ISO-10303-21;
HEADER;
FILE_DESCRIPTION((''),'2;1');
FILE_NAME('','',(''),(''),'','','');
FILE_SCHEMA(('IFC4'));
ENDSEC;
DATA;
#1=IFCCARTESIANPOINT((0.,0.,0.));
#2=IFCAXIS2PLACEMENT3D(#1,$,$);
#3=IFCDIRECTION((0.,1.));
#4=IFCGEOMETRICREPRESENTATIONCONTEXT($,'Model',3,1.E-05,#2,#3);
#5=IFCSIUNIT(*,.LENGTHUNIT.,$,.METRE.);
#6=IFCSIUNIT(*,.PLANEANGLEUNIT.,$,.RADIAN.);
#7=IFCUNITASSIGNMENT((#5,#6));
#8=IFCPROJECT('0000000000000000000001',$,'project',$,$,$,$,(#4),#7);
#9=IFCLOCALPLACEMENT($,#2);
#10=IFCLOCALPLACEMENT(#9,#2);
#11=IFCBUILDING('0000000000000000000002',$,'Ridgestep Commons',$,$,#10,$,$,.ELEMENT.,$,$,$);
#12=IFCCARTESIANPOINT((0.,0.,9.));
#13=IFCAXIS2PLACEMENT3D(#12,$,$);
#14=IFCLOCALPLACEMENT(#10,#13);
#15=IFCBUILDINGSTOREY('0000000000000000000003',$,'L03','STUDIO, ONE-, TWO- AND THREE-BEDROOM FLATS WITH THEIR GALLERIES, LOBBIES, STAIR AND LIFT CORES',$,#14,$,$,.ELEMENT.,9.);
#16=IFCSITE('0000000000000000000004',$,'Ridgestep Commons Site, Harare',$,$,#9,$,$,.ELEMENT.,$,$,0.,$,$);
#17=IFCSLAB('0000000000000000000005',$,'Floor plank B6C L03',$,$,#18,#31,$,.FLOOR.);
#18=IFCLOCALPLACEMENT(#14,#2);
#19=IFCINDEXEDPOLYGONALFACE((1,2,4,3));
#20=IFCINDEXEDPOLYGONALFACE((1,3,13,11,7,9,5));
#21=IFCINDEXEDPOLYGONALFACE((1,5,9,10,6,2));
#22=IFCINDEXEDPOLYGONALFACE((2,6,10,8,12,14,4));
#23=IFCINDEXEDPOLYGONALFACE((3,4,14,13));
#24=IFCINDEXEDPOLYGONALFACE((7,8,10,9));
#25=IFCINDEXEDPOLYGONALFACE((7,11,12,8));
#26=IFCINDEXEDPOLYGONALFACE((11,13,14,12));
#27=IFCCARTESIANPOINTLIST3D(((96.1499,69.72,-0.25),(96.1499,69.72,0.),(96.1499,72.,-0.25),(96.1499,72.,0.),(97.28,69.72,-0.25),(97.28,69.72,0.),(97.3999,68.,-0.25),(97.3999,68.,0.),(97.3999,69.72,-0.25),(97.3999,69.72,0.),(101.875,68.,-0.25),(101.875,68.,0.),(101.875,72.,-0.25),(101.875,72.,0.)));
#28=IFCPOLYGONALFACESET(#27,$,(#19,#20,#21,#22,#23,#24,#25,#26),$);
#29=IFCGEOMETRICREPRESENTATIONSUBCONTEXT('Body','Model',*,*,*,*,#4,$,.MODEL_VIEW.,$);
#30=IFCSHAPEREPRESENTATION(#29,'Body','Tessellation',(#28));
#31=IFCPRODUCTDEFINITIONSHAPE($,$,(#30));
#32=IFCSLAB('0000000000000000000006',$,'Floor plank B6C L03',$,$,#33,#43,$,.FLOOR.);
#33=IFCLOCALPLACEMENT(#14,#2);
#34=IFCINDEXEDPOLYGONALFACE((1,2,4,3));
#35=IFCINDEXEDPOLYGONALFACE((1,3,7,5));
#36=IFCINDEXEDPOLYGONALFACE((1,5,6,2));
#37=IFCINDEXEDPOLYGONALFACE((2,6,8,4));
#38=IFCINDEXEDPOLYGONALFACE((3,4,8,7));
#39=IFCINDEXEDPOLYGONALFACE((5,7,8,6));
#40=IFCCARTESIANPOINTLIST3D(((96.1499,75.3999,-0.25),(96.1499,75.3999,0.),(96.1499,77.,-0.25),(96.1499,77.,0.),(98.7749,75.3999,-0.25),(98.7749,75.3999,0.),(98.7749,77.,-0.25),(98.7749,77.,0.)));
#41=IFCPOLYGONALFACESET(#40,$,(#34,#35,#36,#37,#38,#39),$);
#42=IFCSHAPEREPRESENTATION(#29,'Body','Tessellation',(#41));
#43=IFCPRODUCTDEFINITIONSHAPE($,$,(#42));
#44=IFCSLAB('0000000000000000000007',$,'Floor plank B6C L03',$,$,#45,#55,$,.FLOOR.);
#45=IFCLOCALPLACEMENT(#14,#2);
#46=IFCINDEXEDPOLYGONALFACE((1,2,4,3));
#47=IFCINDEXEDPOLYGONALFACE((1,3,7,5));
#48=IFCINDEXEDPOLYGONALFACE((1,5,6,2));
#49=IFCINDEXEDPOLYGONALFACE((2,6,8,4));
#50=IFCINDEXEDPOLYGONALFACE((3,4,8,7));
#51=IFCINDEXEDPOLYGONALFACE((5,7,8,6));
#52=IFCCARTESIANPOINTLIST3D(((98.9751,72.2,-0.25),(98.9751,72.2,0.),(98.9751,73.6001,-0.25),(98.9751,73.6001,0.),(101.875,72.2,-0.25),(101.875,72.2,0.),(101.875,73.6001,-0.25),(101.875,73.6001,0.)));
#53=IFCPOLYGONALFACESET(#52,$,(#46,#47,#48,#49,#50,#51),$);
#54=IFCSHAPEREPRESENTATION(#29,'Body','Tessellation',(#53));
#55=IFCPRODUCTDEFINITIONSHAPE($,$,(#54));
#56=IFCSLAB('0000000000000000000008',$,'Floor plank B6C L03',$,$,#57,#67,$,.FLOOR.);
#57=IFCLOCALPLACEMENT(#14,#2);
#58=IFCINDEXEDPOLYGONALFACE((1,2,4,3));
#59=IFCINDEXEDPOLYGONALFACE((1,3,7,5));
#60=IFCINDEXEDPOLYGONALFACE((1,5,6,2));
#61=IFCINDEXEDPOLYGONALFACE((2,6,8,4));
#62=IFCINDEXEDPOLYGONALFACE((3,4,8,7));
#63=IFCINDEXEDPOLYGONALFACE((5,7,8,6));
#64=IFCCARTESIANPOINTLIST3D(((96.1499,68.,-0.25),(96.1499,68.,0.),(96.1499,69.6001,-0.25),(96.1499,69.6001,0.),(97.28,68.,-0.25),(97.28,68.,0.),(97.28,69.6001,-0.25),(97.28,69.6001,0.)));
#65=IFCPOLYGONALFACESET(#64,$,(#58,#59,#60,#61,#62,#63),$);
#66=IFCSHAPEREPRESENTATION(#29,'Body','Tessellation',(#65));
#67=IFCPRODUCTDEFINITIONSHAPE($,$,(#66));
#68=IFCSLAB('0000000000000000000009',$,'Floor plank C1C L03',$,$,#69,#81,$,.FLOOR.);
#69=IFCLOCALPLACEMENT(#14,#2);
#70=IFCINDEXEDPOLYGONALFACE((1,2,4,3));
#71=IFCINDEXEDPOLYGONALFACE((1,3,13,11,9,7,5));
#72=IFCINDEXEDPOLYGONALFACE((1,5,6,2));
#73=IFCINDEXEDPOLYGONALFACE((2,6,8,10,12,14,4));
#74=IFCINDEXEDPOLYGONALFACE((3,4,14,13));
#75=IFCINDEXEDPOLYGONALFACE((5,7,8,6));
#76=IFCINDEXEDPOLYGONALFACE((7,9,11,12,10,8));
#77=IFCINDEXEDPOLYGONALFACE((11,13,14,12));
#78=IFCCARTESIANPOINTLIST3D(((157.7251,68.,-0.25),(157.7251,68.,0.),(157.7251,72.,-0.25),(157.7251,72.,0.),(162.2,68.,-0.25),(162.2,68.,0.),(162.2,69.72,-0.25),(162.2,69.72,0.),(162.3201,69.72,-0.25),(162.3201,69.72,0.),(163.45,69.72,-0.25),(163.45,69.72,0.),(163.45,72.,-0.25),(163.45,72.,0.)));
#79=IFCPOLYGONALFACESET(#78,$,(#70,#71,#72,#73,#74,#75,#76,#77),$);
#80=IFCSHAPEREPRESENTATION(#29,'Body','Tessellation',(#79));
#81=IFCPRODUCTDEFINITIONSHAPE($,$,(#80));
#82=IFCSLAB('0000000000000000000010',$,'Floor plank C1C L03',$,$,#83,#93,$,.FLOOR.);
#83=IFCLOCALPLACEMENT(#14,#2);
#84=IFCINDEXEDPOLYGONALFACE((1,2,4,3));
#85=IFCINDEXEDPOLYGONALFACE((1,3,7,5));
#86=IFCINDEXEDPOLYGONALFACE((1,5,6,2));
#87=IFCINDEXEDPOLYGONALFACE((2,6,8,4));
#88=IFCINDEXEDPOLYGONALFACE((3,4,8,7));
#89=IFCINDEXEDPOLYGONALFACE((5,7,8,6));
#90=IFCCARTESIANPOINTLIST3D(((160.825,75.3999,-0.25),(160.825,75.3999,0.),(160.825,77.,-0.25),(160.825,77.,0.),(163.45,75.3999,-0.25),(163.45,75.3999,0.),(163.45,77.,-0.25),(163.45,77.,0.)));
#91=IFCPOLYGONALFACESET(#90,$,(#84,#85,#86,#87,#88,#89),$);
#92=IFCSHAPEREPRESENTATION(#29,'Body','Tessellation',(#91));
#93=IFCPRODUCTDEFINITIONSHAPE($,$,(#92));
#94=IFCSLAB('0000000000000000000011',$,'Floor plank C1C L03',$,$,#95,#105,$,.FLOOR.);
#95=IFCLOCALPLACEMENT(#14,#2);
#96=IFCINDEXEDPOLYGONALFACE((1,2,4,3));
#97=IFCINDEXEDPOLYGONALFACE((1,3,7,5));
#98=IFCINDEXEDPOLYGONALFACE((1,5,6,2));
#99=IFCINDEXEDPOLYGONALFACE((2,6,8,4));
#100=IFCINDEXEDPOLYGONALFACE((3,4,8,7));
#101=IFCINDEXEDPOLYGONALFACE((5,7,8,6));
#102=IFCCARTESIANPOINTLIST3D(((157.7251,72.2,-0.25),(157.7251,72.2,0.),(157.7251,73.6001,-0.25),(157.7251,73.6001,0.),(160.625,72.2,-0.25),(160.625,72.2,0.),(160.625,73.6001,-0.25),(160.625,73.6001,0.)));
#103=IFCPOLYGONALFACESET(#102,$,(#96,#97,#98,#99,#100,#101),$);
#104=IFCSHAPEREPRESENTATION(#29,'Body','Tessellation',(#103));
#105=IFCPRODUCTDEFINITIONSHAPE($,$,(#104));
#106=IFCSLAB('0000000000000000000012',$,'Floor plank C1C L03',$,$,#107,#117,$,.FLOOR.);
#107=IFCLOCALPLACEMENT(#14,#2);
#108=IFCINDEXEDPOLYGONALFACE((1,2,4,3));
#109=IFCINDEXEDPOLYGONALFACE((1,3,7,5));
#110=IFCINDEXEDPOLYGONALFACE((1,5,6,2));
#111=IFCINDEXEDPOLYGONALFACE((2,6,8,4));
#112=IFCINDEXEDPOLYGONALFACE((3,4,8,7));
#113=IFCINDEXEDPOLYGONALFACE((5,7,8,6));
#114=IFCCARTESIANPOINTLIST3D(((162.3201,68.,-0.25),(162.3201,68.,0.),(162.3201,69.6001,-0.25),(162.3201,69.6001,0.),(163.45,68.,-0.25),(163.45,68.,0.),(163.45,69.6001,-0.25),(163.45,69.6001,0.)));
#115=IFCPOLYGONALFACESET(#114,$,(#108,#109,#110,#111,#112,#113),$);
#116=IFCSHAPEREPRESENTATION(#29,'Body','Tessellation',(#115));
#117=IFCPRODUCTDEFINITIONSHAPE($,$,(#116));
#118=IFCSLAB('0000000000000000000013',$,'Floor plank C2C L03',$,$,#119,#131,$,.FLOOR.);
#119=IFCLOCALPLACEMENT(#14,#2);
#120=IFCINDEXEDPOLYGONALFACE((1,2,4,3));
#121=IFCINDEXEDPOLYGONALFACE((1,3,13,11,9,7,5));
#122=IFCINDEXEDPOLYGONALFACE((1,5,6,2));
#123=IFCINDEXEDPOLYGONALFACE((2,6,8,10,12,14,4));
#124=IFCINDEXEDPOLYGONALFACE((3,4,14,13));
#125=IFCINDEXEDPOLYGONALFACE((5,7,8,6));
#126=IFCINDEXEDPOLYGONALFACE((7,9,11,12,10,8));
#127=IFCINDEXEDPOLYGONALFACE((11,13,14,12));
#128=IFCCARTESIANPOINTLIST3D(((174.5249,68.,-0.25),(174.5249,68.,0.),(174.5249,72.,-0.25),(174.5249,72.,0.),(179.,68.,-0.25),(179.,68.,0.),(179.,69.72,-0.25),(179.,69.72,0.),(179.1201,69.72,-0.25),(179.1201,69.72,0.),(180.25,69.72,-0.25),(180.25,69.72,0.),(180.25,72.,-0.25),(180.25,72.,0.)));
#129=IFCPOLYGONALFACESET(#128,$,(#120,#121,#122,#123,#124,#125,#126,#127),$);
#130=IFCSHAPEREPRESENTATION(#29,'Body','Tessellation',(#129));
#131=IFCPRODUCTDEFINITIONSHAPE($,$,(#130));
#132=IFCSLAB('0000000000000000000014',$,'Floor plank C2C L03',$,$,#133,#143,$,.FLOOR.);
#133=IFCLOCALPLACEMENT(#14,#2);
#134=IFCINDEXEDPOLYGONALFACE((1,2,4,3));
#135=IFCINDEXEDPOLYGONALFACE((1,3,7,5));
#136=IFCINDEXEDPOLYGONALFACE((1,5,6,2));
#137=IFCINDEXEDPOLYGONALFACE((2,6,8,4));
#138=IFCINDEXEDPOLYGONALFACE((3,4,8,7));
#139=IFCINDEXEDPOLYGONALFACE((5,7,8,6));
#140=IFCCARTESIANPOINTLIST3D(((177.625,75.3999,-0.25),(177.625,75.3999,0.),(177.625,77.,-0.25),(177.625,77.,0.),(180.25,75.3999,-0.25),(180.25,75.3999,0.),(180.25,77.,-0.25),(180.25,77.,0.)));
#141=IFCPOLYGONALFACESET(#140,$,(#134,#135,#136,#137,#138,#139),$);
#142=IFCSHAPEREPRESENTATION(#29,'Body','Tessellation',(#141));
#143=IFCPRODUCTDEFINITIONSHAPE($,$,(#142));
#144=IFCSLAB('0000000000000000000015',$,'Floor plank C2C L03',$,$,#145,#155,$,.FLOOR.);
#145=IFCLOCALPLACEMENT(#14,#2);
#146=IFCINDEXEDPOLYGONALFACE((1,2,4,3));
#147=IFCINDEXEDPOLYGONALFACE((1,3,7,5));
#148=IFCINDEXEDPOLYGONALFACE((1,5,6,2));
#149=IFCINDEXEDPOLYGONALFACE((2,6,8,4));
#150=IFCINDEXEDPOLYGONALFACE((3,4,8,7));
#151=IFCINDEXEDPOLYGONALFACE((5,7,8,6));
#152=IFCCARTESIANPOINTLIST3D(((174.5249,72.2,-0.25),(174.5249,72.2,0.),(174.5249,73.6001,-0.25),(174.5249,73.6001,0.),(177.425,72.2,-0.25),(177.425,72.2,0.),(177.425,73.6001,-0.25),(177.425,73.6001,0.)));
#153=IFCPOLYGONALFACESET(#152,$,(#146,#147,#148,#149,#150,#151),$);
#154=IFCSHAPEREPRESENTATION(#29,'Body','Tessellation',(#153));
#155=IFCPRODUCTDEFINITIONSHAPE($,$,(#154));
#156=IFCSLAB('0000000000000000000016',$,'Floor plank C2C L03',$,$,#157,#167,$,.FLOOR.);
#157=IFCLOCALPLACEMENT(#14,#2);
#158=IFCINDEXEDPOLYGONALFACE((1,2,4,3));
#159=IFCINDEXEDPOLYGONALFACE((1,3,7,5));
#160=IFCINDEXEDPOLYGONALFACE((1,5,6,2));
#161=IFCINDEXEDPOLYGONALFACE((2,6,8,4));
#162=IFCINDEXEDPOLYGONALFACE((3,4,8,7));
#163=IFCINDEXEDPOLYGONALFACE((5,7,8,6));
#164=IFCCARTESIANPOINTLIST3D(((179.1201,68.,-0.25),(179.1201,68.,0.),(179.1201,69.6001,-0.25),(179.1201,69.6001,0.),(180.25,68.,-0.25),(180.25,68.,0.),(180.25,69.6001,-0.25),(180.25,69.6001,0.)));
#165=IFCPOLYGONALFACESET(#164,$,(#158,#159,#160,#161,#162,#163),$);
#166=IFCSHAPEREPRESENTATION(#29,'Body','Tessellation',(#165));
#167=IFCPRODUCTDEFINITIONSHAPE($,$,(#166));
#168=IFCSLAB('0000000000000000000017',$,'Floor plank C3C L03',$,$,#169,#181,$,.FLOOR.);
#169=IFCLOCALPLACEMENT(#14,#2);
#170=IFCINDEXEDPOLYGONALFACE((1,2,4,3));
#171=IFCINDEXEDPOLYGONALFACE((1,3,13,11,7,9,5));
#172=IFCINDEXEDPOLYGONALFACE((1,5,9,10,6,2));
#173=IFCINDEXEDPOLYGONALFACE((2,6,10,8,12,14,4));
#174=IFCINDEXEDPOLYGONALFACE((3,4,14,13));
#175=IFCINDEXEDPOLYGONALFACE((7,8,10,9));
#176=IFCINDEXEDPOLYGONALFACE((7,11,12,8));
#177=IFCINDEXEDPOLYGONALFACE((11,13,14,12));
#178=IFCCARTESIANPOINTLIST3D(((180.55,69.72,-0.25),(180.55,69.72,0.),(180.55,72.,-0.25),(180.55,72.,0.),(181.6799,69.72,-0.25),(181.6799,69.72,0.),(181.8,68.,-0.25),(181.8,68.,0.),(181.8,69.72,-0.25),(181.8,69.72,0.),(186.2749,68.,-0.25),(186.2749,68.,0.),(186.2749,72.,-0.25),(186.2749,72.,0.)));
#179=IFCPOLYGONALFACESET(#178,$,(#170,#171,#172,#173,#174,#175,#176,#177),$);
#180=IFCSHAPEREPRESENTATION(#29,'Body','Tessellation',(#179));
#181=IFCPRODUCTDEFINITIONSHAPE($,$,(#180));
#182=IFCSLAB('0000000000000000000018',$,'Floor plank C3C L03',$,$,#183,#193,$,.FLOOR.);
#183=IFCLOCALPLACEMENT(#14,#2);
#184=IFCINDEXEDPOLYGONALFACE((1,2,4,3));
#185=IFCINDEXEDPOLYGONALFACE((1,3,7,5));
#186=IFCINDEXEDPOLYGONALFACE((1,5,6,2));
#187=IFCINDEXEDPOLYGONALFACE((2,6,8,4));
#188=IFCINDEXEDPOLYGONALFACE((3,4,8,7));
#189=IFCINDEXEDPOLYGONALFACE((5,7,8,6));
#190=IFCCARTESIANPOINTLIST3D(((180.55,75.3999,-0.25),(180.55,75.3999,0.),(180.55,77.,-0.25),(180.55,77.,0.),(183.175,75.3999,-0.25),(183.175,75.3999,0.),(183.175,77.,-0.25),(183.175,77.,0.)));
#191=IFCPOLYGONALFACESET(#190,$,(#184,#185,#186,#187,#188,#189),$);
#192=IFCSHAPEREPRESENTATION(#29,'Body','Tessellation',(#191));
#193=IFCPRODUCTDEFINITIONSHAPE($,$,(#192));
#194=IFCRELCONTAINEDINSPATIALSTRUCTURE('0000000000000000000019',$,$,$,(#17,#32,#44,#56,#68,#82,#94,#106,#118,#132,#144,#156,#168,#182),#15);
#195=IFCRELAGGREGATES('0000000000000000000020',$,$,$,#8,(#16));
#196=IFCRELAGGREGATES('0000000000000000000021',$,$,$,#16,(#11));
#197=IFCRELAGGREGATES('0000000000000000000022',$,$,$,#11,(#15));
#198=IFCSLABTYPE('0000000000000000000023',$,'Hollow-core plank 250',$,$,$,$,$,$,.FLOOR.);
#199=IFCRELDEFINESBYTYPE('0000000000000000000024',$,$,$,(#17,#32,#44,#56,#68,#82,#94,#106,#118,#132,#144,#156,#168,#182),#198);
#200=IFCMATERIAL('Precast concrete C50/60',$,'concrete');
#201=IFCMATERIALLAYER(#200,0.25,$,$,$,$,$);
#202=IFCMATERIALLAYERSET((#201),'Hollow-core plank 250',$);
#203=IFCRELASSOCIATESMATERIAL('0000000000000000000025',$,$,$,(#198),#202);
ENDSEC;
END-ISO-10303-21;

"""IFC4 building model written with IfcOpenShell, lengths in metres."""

from ifc_helpers import new_model, si_unit, direction, frame, origin, place, context, subcontext, project, spatial, polyline, outline, extrude, material, layer, layer_set, type_object, element, save


model = new_model("IFC4")

# Units and contexts
model_context = context("Model", 3, precision=1e-05, world=origin(), true_north=direction((0.0, 1.0)))
body_context = subcontext(model_context, "Body", "Model", "MODEL_VIEW")
ifc_project = project(units=[si_unit("LENGTHUNIT", "METRE"), si_unit("PLANEANGLEUNIT", "RADIAN")], contexts=[model_context])

# Site, building, storey
site_placement = place(None, origin())
site = spatial("IfcSite", under=ifc_project, at=site_placement, Name="Ridgestep Commons Site, Harare", CompositionType="ELEMENT", RefElevation=0.0)
building_placement = place(site_placement, origin())
building = spatial("IfcBuilding", under=site, at=building_placement, Name="Ridgestep Commons", CompositionType="ELEMENT")
storey_placement = place(building_placement, frame((0.0, 0.0, 9.0)))
storey = spatial("IfcBuildingStorey", under=building, at=storey_placement, Name="L03", Description="STUDIO, ONE-, TWO- AND THREE-BEDROOM FLATS WITH THEIR GALLERIES, LOBBIES, STAIR AND LIFT CORES", CompositionType="ELEMENT", Elevation=9.0)

# Slabs
ifc_material = material(Name="Precast concrete C50/60", Category="concrete")
ifc_layer = layer(ifc_material, 0.25)
ifc_layer_set = layer_set([ifc_layer], Name="Hollow-core plank 250")
slab_type = type_object("IfcSlabType", Name="Hollow-core plank 250", PredefinedType="FLOOR", material=ifc_layer_set)
slab_1_placement = place(storey_placement, frame((0.0, 0.0, -0.25)))
element("IfcSlab", 1, at=slab_1_placement, inside=storey, type_object=slab_type, Name="Floor plank B6C L03", PredefinedType="FLOOR", context=body_context, shape_type="SweptSolid", body=[
    extrude(outline(polyline([(97.3999, 68.0), (101.875, 68.0), (101.875, 72.0), (96.1499, 72.0), (96.1499, 69.72), (97.28, 69.72), (97.3999, 69.72), (97.3999, 68.0)])), origin(), (0.0, 0.0, 1.0), 0.25),
])
slab_2_placement = place(storey_placement, frame((0.0, 0.0, -0.25)))
element("IfcSlab", 2, at=slab_2_placement, inside=storey, type_object=slab_type, Name="Floor plank B6C L03", PredefinedType="FLOOR", context=body_context, shape_type="SweptSolid", body=[
    extrude(outline(polyline([(98.7749, 77.0), (96.1499, 77.0), (96.1499, 75.3999), (98.7749, 75.3999), (98.7749, 77.0)])), origin(), (0.0, 0.0, 1.0), 0.25),
])
slab_3_placement = place(storey_placement, frame((0.0, 0.0, -0.25)))
element("IfcSlab", 3, at=slab_3_placement, inside=storey, type_object=slab_type, Name="Floor plank B6C L03", PredefinedType="FLOOR", context=body_context, shape_type="SweptSolid", body=[
    extrude(outline(polyline([(101.875, 72.2), (101.875, 73.6001), (98.9751, 73.6001), (98.9751, 72.2), (101.875, 72.2)])), origin(), (0.0, 0.0, 1.0), 0.25),
])
slab_4_placement = place(storey_placement, frame((0.0, 0.0, -0.25)))
element("IfcSlab", 4, at=slab_4_placement, inside=storey, type_object=slab_type, Name="Floor plank B6C L03", PredefinedType="FLOOR", context=body_context, shape_type="SweptSolid", body=[
    extrude(outline(polyline([(97.28, 69.6001), (96.1499, 69.6001), (96.1499, 68.0), (97.28, 68.0), (97.28, 69.6001)])), origin(), (0.0, 0.0, 1.0), 0.25),
])
slab_5_placement = place(storey_placement, frame((0.0, 0.0, -0.25)))
element("IfcSlab", 5, at=slab_5_placement, inside=storey, type_object=slab_type, Name="Floor plank C1C L03", PredefinedType="FLOOR", context=body_context, shape_type="SweptSolid", body=[
    extrude(outline(polyline([(162.3201, 69.72), (163.45, 69.72), (163.45, 72.0), (157.7251, 72.0), (157.7251, 68.0), (162.2, 68.0), (162.2, 69.72), (162.3201, 69.72)])), origin(), (0.0, 0.0, 1.0), 0.25),
])
slab_6_placement = place(storey_placement, frame((0.0, 0.0, -0.25)))
element("IfcSlab", 6, at=slab_6_placement, inside=storey, type_object=slab_type, Name="Floor plank C1C L03", PredefinedType="FLOOR", context=body_context, shape_type="SweptSolid", body=[
    extrude(outline(polyline([(163.45, 75.3999), (163.45, 77.0), (160.825, 77.0), (160.825, 75.3999), (163.45, 75.3999)])), origin(), (0.0, 0.0, 1.0), 0.25),
])
slab_7_placement = place(storey_placement, frame((0.0, 0.0, -0.25)))
element("IfcSlab", 7, at=slab_7_placement, inside=storey, type_object=slab_type, Name="Floor plank C1C L03", PredefinedType="FLOOR", context=body_context, shape_type="SweptSolid", body=[
    extrude(outline(polyline([(160.625, 72.2), (160.625, 73.6001), (157.7251, 73.6001), (157.7251, 72.2), (160.625, 72.2)])), origin(), (0.0, 0.0, 1.0), 0.25),
])
slab_8_placement = place(storey_placement, frame((0.0, 0.0, -0.25)))
element("IfcSlab", 8, at=slab_8_placement, inside=storey, type_object=slab_type, Name="Floor plank C1C L03", PredefinedType="FLOOR", context=body_context, shape_type="SweptSolid", body=[
    extrude(outline(polyline([(162.3201, 68.0), (163.45, 68.0), (163.45, 69.6001), (162.3201, 69.6001), (162.3201, 68.0)])), origin(), (0.0, 0.0, 1.0), 0.25),
])
slab_9_placement = place(storey_placement, frame((0.0, 0.0, -0.25)))
element("IfcSlab", 9, at=slab_9_placement, inside=storey, type_object=slab_type, Name="Floor plank C2C L03", PredefinedType="FLOOR", context=body_context, shape_type="SweptSolid", body=[
    extrude(outline(polyline([(179.1201, 69.72), (180.25, 69.72), (180.25, 72.0), (174.5249, 72.0), (174.5249, 68.0), (179.0, 68.0), (179.0, 69.72), (179.1201, 69.72)])), origin(), (0.0, 0.0, 1.0), 0.25),
])
slab_10_placement = place(storey_placement, frame((0.0, 0.0, -0.25)))
element("IfcSlab", 10, at=slab_10_placement, inside=storey, type_object=slab_type, Name="Floor plank C2C L03", PredefinedType="FLOOR", context=body_context, shape_type="SweptSolid", body=[
    extrude(outline(polyline([(180.25, 75.3999), (180.25, 77.0), (177.625, 77.0), (177.625, 75.3999), (180.25, 75.3999)])), origin(), (0.0, 0.0, 1.0), 0.25),
])
slab_11_placement = place(storey_placement, frame((0.0, 0.0, -0.25)))
element("IfcSlab", 11, at=slab_11_placement, inside=storey, type_object=slab_type, Name="Floor plank C2C L03", PredefinedType="FLOOR", context=body_context, shape_type="SweptSolid", body=[
    extrude(outline(polyline([(177.425, 72.2), (177.425, 73.6001), (174.5249, 73.6001), (174.5249, 72.2), (177.425, 72.2)])), origin(), (0.0, 0.0, 1.0), 0.25),
])
slab_12_placement = place(storey_placement, frame((0.0, 0.0, -0.25)))
element("IfcSlab", 12, at=slab_12_placement, inside=storey, type_object=slab_type, Name="Floor plank C2C L03", PredefinedType="FLOOR", context=body_context, shape_type="SweptSolid", body=[
    extrude(outline(polyline([(179.1201, 68.0), (180.25, 68.0), (180.25, 69.6001), (179.1201, 69.6001), (179.1201, 68.0)])), origin(), (0.0, 0.0, 1.0), 0.25),
])
slab_13_placement = place(storey_placement, frame((0.0, 0.0, -0.25)))
element("IfcSlab", 13, at=slab_13_placement, inside=storey, type_object=slab_type, Name="Floor plank C3C L03", PredefinedType="FLOOR", context=body_context, shape_type="SweptSolid", body=[
    extrude(outline(polyline([(181.8, 68.0), (186.2749, 68.0), (186.2749, 72.0), (180.55, 72.0), (180.55, 69.72), (181.6799, 69.72), (181.8, 69.72), (181.8, 68.0)])), origin(), (0.0, 0.0, 1.0), 0.25),
])
slab_14_placement = place(storey_placement, frame((0.0, 0.0, -0.25)))
element("IfcSlab", 14, at=slab_14_placement, inside=storey, type_object=slab_type, Name="Floor plank C3C L03", PredefinedType="FLOOR", context=body_context, shape_type="SweptSolid", body=[
    extrude(outline(polyline([(183.175, 77.0), (180.55, 77.0), (180.55, 75.3999), (183.175, 75.3999), (183.175, 77.0)])), origin(), (0.0, 0.0, 1.0), 0.25),
])

save(model, "model.ifc")
